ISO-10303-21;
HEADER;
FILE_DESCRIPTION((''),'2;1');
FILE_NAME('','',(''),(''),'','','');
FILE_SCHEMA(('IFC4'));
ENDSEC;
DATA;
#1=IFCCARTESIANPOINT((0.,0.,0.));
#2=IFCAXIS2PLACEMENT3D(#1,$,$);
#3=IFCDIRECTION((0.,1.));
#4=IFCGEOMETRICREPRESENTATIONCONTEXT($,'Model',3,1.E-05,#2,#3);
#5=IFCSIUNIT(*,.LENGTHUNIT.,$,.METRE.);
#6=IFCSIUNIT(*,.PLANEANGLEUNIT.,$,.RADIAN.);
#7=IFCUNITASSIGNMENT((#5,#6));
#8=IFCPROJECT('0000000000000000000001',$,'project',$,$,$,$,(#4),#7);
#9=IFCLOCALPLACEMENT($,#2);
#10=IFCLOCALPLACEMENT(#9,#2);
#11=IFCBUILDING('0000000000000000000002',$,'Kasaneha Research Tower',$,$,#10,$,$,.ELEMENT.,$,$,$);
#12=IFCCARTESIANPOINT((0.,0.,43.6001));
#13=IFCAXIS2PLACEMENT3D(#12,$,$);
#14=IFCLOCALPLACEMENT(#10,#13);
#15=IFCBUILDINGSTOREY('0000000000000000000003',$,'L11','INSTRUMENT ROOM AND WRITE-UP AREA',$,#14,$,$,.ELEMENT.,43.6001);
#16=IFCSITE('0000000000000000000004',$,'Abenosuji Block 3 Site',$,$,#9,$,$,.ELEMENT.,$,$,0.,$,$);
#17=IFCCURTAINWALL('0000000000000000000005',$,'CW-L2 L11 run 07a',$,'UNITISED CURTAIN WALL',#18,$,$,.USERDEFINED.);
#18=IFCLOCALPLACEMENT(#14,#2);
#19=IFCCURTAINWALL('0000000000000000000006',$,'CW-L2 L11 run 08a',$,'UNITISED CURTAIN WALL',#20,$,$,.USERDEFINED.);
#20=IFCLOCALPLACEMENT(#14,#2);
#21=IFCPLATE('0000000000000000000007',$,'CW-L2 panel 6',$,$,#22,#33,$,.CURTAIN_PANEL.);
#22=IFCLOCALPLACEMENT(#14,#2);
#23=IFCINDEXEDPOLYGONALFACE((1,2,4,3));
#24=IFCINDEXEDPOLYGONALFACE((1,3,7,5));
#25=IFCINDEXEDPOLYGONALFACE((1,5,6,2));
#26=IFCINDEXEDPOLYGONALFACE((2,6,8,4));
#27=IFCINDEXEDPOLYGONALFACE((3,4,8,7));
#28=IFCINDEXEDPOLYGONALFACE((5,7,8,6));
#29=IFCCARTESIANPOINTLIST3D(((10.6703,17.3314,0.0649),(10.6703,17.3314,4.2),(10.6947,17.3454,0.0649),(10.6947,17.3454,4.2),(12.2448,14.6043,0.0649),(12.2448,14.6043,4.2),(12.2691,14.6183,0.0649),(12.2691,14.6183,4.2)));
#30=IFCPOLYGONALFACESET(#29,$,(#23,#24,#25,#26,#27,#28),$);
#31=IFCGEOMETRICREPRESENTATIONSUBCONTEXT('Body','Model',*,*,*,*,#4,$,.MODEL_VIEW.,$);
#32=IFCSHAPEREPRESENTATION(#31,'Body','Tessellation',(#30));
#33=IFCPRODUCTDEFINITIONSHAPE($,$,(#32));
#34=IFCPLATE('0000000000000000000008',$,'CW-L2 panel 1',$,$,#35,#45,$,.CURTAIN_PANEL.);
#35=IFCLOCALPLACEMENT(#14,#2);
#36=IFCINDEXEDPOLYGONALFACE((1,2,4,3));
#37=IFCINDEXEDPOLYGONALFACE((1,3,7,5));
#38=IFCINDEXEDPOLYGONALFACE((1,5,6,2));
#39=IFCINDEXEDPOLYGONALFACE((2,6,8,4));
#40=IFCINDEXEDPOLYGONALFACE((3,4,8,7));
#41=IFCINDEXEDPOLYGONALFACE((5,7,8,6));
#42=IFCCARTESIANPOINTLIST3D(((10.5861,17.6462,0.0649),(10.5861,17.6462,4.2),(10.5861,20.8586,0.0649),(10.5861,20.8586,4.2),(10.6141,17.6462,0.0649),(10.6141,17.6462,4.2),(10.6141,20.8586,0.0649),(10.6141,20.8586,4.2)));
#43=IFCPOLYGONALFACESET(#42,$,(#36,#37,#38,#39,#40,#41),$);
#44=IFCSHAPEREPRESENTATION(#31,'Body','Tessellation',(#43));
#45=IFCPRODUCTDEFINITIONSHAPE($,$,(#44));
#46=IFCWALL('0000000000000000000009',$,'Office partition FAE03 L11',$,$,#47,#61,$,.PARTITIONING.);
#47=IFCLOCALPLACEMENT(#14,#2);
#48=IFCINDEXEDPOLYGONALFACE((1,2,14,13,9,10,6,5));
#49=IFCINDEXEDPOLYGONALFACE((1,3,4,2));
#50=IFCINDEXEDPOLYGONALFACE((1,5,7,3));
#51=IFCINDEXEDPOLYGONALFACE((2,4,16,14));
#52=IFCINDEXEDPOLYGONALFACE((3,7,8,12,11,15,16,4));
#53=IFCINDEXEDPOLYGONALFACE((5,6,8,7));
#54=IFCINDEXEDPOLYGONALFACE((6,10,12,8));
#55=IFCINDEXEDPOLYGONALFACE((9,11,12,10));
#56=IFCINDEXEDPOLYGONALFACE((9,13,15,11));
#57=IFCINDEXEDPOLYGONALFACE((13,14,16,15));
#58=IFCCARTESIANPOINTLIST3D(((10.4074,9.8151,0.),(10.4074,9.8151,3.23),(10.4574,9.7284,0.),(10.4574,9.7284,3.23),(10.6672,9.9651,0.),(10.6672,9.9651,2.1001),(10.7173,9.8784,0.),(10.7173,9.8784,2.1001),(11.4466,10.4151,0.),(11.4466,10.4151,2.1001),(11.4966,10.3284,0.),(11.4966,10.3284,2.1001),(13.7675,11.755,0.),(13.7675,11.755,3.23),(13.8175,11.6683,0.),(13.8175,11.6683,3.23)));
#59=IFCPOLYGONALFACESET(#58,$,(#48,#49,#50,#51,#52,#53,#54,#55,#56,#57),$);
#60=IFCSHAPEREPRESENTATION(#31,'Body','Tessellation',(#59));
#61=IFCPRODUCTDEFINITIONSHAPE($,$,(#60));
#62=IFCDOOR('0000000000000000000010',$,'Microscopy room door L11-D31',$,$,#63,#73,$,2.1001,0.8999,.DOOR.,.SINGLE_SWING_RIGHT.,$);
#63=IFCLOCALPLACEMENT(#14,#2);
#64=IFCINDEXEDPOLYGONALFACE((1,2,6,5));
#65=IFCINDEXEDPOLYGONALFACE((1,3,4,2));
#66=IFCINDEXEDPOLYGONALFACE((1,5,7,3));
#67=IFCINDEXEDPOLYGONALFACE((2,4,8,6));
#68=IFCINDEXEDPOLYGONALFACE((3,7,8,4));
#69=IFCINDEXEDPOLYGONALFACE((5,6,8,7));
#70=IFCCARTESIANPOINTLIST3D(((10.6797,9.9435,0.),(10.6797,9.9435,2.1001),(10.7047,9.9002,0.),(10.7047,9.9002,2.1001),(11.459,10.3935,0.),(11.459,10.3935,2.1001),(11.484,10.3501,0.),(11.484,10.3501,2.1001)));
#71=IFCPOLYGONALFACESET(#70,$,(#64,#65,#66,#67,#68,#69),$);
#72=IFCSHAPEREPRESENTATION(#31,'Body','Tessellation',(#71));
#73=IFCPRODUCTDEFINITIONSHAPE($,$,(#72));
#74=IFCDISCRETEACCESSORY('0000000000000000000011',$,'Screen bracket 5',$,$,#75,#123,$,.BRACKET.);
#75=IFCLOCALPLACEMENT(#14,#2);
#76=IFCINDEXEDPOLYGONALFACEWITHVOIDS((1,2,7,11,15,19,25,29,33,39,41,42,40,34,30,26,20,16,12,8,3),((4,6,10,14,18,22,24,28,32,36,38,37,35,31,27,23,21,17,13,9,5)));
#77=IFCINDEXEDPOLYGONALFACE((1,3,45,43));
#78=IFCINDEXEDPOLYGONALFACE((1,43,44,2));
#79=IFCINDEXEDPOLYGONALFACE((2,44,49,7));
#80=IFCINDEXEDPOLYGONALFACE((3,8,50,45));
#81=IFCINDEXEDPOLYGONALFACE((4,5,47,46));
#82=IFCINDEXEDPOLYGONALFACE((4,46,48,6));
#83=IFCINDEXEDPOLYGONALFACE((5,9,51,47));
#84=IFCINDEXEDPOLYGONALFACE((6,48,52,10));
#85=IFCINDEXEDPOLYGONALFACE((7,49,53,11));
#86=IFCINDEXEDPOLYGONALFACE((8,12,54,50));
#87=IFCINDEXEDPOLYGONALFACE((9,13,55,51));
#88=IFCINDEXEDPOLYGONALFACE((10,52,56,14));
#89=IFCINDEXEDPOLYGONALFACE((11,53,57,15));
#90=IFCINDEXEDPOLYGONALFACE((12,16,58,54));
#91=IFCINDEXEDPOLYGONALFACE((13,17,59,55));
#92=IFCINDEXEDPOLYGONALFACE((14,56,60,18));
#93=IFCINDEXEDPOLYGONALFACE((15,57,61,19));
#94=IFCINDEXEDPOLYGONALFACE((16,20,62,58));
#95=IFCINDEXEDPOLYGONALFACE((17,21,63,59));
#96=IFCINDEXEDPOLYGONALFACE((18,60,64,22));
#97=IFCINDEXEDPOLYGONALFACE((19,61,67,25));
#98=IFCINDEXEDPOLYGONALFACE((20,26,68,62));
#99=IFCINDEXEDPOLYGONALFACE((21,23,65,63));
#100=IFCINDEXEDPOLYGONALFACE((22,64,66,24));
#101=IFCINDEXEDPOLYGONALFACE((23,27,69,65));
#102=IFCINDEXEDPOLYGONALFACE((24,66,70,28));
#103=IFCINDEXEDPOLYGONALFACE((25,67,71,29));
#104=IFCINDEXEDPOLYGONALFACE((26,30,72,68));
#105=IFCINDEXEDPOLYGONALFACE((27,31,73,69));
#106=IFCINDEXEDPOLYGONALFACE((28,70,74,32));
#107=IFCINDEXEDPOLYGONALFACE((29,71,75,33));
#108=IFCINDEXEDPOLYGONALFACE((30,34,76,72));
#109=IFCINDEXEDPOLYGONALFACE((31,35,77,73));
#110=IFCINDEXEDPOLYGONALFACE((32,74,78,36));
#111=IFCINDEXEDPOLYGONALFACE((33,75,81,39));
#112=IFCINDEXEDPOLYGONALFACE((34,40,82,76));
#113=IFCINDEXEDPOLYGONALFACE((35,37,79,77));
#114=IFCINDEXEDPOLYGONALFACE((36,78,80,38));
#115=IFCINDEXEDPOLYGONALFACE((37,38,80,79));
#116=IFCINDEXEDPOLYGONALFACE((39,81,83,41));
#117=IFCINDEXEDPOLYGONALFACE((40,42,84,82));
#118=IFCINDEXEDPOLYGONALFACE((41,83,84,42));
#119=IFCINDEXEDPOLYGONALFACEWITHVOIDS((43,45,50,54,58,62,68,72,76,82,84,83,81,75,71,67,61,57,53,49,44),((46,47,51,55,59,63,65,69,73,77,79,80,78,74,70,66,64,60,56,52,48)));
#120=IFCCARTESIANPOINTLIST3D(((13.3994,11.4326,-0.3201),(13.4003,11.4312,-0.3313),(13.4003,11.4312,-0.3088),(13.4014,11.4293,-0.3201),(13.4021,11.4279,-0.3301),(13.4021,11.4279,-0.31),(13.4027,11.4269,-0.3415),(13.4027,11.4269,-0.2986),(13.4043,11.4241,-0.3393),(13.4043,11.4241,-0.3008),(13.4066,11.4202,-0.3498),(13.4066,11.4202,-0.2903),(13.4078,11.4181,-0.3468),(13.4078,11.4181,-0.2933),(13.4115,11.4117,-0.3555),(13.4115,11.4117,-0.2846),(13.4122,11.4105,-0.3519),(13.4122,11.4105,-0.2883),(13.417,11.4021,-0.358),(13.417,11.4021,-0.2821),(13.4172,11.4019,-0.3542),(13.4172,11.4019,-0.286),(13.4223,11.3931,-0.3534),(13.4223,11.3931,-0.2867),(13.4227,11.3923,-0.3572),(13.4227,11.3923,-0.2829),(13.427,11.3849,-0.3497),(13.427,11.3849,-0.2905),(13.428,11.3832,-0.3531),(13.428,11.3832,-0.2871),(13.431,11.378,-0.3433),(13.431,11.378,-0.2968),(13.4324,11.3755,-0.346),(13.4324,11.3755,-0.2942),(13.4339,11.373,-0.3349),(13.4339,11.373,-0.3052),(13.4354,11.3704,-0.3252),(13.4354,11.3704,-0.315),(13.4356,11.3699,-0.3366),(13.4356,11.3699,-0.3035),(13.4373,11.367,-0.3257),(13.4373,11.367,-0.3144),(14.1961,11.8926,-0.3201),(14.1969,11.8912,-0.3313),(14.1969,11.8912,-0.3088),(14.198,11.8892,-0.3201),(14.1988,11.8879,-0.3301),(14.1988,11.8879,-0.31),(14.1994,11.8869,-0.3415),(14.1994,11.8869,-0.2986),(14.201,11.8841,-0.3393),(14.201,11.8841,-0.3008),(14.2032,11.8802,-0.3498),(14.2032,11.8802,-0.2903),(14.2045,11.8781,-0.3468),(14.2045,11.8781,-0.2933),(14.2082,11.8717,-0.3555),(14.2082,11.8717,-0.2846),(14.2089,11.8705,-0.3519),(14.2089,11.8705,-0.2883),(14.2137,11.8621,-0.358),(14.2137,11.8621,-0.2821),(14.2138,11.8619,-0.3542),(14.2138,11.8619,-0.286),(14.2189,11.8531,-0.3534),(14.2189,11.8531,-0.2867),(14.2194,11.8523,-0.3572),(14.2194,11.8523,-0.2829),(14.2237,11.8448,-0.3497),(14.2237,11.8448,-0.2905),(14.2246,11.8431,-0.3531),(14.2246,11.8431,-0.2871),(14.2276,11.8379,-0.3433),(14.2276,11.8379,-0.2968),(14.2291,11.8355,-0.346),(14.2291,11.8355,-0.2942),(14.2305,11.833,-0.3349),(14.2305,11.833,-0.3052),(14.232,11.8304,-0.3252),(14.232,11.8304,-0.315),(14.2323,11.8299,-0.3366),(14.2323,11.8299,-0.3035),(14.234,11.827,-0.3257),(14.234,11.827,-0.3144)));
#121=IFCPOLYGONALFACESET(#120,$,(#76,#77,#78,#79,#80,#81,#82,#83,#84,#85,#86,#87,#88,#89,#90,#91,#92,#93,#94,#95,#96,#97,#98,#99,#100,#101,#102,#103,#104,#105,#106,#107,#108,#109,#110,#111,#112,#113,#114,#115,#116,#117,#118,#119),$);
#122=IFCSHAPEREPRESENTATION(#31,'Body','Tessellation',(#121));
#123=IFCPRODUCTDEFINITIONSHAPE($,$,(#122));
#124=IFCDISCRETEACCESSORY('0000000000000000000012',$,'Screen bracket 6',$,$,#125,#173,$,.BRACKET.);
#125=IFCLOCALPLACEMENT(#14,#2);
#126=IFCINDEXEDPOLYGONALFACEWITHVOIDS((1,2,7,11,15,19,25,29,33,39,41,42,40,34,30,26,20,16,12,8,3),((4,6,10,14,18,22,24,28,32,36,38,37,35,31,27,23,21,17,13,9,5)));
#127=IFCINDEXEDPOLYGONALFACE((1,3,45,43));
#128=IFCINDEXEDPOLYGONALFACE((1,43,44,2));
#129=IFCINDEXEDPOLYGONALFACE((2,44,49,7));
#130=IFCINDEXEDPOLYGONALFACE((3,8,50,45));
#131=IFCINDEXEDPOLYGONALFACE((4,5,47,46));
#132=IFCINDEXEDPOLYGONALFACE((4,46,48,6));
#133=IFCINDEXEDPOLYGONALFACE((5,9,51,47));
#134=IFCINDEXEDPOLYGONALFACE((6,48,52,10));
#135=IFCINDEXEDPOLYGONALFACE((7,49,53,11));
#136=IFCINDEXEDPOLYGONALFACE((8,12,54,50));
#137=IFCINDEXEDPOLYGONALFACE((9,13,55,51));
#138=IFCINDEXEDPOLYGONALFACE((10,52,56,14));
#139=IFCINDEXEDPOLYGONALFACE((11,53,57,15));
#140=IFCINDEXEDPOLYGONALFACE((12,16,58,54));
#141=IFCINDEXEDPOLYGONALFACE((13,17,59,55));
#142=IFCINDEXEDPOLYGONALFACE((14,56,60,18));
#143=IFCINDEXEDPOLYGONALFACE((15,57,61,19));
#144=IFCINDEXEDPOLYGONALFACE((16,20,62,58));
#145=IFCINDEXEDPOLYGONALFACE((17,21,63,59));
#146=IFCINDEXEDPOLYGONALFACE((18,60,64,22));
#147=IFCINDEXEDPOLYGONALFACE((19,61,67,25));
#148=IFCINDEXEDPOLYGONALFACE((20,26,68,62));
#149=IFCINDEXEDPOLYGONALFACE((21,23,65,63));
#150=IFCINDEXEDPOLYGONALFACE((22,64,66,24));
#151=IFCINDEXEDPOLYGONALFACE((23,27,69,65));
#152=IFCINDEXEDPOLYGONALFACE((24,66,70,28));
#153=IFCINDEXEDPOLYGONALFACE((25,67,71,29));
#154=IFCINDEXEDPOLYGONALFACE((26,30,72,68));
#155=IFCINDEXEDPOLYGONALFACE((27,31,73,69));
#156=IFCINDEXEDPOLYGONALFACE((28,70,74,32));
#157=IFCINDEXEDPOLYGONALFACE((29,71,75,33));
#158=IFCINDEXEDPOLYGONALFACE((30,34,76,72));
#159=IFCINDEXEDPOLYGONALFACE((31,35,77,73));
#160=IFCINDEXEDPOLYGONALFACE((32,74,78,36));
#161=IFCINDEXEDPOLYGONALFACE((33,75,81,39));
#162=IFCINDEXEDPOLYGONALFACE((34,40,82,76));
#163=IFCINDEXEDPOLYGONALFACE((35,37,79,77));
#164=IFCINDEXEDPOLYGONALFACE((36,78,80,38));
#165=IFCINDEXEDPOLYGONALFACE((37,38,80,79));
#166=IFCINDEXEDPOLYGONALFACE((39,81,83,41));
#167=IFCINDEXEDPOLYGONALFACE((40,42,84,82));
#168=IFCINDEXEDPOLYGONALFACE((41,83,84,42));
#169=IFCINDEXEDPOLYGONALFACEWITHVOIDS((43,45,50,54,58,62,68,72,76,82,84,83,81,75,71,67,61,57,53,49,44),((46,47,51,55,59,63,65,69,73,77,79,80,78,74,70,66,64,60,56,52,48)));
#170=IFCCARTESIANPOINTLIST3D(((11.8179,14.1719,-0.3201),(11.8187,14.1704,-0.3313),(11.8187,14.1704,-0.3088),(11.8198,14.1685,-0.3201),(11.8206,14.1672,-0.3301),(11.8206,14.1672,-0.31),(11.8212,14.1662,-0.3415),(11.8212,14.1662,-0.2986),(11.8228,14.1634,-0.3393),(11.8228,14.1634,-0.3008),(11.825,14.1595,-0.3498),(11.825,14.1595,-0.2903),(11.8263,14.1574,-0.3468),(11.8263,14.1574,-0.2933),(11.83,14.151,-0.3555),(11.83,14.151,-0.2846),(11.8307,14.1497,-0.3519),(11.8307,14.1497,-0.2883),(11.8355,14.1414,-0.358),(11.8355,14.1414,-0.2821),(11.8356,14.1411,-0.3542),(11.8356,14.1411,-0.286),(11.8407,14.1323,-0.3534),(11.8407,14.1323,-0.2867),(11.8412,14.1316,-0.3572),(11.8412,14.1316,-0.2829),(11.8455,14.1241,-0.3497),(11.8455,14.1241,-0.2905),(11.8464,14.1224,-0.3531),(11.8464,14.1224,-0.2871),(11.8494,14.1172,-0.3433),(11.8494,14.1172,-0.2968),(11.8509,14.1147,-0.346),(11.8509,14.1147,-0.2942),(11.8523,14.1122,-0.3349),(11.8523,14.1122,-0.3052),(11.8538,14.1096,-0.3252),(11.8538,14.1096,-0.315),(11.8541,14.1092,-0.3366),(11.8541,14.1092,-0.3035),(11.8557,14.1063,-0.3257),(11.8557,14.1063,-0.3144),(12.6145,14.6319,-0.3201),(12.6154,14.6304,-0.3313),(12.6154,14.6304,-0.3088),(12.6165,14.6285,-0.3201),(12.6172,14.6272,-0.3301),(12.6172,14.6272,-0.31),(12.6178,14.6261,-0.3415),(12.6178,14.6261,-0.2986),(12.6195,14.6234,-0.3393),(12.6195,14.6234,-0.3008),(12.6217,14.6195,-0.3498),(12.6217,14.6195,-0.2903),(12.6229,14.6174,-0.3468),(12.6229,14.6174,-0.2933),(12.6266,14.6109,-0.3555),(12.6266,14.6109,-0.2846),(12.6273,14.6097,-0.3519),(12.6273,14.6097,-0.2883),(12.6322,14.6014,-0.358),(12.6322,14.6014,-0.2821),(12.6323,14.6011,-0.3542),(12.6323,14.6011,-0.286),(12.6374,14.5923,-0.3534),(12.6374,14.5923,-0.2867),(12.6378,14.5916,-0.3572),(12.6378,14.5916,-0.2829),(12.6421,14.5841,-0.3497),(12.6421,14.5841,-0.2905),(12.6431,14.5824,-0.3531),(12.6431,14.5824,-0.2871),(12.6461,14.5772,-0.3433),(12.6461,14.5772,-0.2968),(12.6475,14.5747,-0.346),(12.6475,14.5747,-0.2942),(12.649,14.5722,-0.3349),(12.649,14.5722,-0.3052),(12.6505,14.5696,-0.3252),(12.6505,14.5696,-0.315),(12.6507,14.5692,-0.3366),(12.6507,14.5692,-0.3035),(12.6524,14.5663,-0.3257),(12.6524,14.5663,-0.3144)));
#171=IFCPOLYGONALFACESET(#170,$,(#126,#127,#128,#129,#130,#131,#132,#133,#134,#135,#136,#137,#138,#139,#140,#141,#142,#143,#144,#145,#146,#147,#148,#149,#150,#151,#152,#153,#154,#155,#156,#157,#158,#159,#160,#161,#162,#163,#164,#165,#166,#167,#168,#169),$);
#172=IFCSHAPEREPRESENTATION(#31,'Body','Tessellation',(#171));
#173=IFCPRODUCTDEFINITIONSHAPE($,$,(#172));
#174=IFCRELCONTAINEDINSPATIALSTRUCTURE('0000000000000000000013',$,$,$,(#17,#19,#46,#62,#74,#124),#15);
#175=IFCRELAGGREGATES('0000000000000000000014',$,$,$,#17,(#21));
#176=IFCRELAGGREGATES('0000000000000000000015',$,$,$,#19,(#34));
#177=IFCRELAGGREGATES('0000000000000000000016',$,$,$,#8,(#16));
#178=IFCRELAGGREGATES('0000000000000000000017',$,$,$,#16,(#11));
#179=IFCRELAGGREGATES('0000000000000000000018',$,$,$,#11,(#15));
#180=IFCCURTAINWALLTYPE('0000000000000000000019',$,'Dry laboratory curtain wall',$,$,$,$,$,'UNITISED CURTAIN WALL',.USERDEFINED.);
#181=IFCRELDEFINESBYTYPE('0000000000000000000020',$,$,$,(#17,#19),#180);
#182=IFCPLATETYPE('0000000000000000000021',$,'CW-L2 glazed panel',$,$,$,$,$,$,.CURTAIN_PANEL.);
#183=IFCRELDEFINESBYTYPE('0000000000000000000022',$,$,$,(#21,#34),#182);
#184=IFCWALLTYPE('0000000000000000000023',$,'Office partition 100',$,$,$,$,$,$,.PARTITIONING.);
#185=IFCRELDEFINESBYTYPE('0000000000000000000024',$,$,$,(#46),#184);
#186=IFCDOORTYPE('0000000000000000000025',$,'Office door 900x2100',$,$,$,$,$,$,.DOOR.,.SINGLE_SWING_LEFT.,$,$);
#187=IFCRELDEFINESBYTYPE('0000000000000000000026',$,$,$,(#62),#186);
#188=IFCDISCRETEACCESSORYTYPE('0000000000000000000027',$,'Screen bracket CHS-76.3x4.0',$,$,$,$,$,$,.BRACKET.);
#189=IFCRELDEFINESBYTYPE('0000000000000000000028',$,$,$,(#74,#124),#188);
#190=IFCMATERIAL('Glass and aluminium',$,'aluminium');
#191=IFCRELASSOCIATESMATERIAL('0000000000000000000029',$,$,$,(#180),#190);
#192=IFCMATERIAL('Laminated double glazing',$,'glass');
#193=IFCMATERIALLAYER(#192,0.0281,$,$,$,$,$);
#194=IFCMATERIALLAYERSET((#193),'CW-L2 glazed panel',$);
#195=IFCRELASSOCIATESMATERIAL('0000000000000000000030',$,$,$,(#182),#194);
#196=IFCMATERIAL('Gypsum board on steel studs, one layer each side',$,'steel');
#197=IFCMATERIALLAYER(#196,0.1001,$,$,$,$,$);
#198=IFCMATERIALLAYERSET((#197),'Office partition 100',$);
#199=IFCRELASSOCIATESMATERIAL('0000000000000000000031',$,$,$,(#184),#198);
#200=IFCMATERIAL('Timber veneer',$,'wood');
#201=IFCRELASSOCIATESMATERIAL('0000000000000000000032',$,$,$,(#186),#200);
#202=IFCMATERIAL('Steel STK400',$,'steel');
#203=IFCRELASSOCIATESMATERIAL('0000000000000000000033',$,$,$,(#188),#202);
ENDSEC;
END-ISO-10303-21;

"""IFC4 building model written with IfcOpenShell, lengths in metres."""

from ifc_helpers import new_model, si_unit, direction, frame, frame_2d, origin, origin_2d, place, context, subcontext, project, spatial, rectangle, hollow_circle, extrude, material, layer, layer_set, material_profile, profile_set, type_object, element, fill, aggregate, save


model = new_model("IFC4")

# Units and contexts
model_context = context("Model", 3, precision=1e-05, world=origin(), true_north=direction((0.0, 1.0)))
body_context = subcontext(model_context, "Body", "Model", "MODEL_VIEW")
ifc_project = project(units=[si_unit("LENGTHUNIT", "METRE"), si_unit("PLANEANGLEUNIT", "RADIAN")], contexts=[model_context])

# Site, building, storey
site_placement = place(None, origin())
site = spatial("IfcSite", under=ifc_project, at=site_placement, Name="Abenosuji Block 3 Site", CompositionType="ELEMENT", RefElevation=0.0)
building_placement = place(site_placement, origin())
building = spatial("IfcBuilding", under=site, at=building_placement, Name="Kasaneha Research Tower", CompositionType="ELEMENT")
storey_placement = place(building_placement, frame((0.0, 0.0, 43.6001)))
storey = spatial("IfcBuildingStorey", under=building, at=storey_placement, Name="L11", Description="INSTRUMENT ROOM AND WRITE-UP AREA", CompositionType="ELEMENT", Elevation=43.6001)

# Curtain walls
ifc_material_1 = material(Name="Glass and aluminium", Category="aluminium")
curtain_wall_type = type_object("IfcCurtainWallType", Name="Dry laboratory curtain wall", ElementType="UNITISED CURTAIN WALL", PredefinedType="USERDEFINED", material=ifc_material_1)
curtain_wall_1_placement = place(storey_placement, origin())
curtain_wall_1 = element("IfcCurtainWall", 1, at=curtain_wall_1_placement, inside=storey, type_object=curtain_wall_type, Name="CW-L2 L11 run 07a", ObjectType="UNITISED CURTAIN WALL", PredefinedType="USERDEFINED")
curtain_wall_2_placement = place(storey_placement, origin())
curtain_wall_2 = element("IfcCurtainWall", 2, at=curtain_wall_2_placement, inside=storey, type_object=curtain_wall_type, Name="CW-L2 L11 run 08a", ObjectType="UNITISED CURTAIN WALL", PredefinedType="USERDEFINED")

# Plates
ifc_material_2 = material(Name="Laminated double glazing", Category="glass")
ifc_layer_1 = layer(ifc_material_2, 0.0281)
ifc_layer_set_1 = layer_set([ifc_layer_1], Name="CW-L2 glazed panel")
plate_type = type_object("IfcPlateType", Name="CW-L2 glazed panel", PredefinedType="CURTAIN_PANEL", material=ifc_layer_set_1)
plate_1_placement = place(storey_placement, frame((11.4697, 15.9749, 0.0649), z_axis=(0.0, 0.0, 1.0), x_axis=(-0.5, 0.866025, 0.0)))
plate_1 = element("IfcPlate", 3, at=plate_1_placement, type_object=plate_type, Name="CW-L2 panel 6", PredefinedType="CURTAIN_PANEL", context=body_context, shape_type="SweptSolid", body=[
    extrude(rectangle(XDim=3.1489, YDim=0.0281, at=origin_2d()), origin(), (0.0, 0.0, 1.0), 4.135),
])
aggregate(curtain_wall_1, [plate_1])
plate_2_placement = place(storey_placement, frame((10.6001, 19.2524, 0.0649), z_axis=(0.0, 0.0, 1.0), x_axis=(0.0, 1.0, 0.0)))
plate_2 = element("IfcPlate", 4, at=plate_2_placement, type_object=plate_type, Name="CW-L2 panel 1", PredefinedType="CURTAIN_PANEL", context=body_context, shape_type="SweptSolid", body=[
    extrude(rectangle(XDim=3.2124, YDim=0.0281, at=origin_2d()), origin(), (0.0, 0.0, 1.0), 4.135),
])
aggregate(curtain_wall_2, [plate_2])

# Wall, opening, door
ifc_material_3 = material(Name="Gypsum board on steel studs, one layer each side", Category="steel")
ifc_layer_2 = layer(ifc_material_3, 0.1001)
ifc_layer_set_2 = layer_set([ifc_layer_2], Name="Office partition 100")
wall_type = type_object("IfcWallType", Name="Office partition 100", PredefinedType="PARTITIONING", material=ifc_layer_set_2)
wall_placement = place(storey_placement, frame((13.7925, 11.7117, 0.0), z_axis=(0.0, 0.0, 1.0), x_axis=(-0.866027, -0.499997, 0.0)))
wall = element("IfcWall", 5, at=wall_placement, inside=storey, type_object=wall_type, Name="Office partition FAE03 L11", PredefinedType="PARTITIONING", context=body_context, shape_type="SweptSolid", body=[
    extrude(rectangle(XDim=3.8799, YDim=0.1001, at=frame_2d((1.9399, 0.0))), origin(), (0.0, 0.0, 1.0), 3.23),
])
opening_placement = place(wall_placement, frame((2.6799, 0.0, 0.0)))
opening = element("IfcOpeningElement", 6, at=opening_placement, cuts=wall, PredefinedType="OPENING", context=body_context, shape_type="SweptSolid", body=[
    extrude(rectangle(XDim=0.8999, YDim=2.1001, at=frame_2d((0.45, 1.05))), frame((0.0, 0.0601, 0.0), z_axis=(0.0, -1.0, 0.0), x_axis=(1.0, 0.0, 0.0)), (0.0, 0.0, 1.0), 0.1201),
])
ifc_material_4 = material(Name="Timber veneer", Category="wood")
door_type = type_object("IfcDoorType", Name="Office door 900x2100", OperationType="SINGLE_SWING_LEFT", PredefinedType="DOOR", material=ifc_material_4)
door_placement = place(opening_placement, origin())
door = element("IfcDoor", 7, at=door_placement, inside=storey, type_object=door_type, Name="Microscopy room door L11-D31", OperationType="SINGLE_SWING_RIGHT", OverallHeight=2.1001, OverallWidth=0.8999, PredefinedType="DOOR", context=body_context, shape_type="SweptSolid", body=[
    extrude(rectangle(XDim=0.8999, YDim=2.1001, at=frame_2d((0.45, 1.05))), frame((0.0, 0.0249, 0.0), z_axis=(0.0, -1.0, 0.0), x_axis=(1.0, 0.0, 0.0)), (0.0, 0.0, 1.0), 0.05),
])
fill(opening, door)

# Discrete accessories
ifc_material_5 = material(Name="Steel STK400", Category="steel")
ifc_material_profile_1 = material_profile(ifc_material_5, hollow_circle(Radius=0.0381, WallThickness=0.0039, at=origin_2d()), Name="CHS-76.3x4.0")
ifc_profile_set_1 = profile_set([ifc_material_profile_1], Name="Steel STK400")
discrete_accessory_type = type_object("IfcDiscreteAccessoryType", Name="Screen bracket CHS-76.3x4.0", PredefinedType="BRACKET", material=ifc_profile_set_1)
for number, where, z_axis, x_axis, name in (
    (8, (13.4185, 11.3997, -0.3201), (0.866013, 0.500021, 0.0), (-0.500021, 0.866013, 0.0), "Screen bracket 5"),
    (9, (11.8369, 14.1389, -0.3201), (0.866013, 0.500021, 0.0), (-0.500021, 0.866013, 0.0), "Screen bracket 6"),
):
    element("IfcDiscreteAccessory", number, at=place(storey_placement, frame(where, z_axis=z_axis, x_axis=x_axis)), inside=storey, type_object=discrete_accessory_type, Name=name, PredefinedType="BRACKET", context=body_context, shape_type="SweptSolid", body=[
        extrude(hollow_circle(Radius=0.0381, WallThickness=0.0039, at=origin_2d()), origin(), (0.0, 0.0, 1.0), 0.9199),
    ])

save(model, "model.ifc")
